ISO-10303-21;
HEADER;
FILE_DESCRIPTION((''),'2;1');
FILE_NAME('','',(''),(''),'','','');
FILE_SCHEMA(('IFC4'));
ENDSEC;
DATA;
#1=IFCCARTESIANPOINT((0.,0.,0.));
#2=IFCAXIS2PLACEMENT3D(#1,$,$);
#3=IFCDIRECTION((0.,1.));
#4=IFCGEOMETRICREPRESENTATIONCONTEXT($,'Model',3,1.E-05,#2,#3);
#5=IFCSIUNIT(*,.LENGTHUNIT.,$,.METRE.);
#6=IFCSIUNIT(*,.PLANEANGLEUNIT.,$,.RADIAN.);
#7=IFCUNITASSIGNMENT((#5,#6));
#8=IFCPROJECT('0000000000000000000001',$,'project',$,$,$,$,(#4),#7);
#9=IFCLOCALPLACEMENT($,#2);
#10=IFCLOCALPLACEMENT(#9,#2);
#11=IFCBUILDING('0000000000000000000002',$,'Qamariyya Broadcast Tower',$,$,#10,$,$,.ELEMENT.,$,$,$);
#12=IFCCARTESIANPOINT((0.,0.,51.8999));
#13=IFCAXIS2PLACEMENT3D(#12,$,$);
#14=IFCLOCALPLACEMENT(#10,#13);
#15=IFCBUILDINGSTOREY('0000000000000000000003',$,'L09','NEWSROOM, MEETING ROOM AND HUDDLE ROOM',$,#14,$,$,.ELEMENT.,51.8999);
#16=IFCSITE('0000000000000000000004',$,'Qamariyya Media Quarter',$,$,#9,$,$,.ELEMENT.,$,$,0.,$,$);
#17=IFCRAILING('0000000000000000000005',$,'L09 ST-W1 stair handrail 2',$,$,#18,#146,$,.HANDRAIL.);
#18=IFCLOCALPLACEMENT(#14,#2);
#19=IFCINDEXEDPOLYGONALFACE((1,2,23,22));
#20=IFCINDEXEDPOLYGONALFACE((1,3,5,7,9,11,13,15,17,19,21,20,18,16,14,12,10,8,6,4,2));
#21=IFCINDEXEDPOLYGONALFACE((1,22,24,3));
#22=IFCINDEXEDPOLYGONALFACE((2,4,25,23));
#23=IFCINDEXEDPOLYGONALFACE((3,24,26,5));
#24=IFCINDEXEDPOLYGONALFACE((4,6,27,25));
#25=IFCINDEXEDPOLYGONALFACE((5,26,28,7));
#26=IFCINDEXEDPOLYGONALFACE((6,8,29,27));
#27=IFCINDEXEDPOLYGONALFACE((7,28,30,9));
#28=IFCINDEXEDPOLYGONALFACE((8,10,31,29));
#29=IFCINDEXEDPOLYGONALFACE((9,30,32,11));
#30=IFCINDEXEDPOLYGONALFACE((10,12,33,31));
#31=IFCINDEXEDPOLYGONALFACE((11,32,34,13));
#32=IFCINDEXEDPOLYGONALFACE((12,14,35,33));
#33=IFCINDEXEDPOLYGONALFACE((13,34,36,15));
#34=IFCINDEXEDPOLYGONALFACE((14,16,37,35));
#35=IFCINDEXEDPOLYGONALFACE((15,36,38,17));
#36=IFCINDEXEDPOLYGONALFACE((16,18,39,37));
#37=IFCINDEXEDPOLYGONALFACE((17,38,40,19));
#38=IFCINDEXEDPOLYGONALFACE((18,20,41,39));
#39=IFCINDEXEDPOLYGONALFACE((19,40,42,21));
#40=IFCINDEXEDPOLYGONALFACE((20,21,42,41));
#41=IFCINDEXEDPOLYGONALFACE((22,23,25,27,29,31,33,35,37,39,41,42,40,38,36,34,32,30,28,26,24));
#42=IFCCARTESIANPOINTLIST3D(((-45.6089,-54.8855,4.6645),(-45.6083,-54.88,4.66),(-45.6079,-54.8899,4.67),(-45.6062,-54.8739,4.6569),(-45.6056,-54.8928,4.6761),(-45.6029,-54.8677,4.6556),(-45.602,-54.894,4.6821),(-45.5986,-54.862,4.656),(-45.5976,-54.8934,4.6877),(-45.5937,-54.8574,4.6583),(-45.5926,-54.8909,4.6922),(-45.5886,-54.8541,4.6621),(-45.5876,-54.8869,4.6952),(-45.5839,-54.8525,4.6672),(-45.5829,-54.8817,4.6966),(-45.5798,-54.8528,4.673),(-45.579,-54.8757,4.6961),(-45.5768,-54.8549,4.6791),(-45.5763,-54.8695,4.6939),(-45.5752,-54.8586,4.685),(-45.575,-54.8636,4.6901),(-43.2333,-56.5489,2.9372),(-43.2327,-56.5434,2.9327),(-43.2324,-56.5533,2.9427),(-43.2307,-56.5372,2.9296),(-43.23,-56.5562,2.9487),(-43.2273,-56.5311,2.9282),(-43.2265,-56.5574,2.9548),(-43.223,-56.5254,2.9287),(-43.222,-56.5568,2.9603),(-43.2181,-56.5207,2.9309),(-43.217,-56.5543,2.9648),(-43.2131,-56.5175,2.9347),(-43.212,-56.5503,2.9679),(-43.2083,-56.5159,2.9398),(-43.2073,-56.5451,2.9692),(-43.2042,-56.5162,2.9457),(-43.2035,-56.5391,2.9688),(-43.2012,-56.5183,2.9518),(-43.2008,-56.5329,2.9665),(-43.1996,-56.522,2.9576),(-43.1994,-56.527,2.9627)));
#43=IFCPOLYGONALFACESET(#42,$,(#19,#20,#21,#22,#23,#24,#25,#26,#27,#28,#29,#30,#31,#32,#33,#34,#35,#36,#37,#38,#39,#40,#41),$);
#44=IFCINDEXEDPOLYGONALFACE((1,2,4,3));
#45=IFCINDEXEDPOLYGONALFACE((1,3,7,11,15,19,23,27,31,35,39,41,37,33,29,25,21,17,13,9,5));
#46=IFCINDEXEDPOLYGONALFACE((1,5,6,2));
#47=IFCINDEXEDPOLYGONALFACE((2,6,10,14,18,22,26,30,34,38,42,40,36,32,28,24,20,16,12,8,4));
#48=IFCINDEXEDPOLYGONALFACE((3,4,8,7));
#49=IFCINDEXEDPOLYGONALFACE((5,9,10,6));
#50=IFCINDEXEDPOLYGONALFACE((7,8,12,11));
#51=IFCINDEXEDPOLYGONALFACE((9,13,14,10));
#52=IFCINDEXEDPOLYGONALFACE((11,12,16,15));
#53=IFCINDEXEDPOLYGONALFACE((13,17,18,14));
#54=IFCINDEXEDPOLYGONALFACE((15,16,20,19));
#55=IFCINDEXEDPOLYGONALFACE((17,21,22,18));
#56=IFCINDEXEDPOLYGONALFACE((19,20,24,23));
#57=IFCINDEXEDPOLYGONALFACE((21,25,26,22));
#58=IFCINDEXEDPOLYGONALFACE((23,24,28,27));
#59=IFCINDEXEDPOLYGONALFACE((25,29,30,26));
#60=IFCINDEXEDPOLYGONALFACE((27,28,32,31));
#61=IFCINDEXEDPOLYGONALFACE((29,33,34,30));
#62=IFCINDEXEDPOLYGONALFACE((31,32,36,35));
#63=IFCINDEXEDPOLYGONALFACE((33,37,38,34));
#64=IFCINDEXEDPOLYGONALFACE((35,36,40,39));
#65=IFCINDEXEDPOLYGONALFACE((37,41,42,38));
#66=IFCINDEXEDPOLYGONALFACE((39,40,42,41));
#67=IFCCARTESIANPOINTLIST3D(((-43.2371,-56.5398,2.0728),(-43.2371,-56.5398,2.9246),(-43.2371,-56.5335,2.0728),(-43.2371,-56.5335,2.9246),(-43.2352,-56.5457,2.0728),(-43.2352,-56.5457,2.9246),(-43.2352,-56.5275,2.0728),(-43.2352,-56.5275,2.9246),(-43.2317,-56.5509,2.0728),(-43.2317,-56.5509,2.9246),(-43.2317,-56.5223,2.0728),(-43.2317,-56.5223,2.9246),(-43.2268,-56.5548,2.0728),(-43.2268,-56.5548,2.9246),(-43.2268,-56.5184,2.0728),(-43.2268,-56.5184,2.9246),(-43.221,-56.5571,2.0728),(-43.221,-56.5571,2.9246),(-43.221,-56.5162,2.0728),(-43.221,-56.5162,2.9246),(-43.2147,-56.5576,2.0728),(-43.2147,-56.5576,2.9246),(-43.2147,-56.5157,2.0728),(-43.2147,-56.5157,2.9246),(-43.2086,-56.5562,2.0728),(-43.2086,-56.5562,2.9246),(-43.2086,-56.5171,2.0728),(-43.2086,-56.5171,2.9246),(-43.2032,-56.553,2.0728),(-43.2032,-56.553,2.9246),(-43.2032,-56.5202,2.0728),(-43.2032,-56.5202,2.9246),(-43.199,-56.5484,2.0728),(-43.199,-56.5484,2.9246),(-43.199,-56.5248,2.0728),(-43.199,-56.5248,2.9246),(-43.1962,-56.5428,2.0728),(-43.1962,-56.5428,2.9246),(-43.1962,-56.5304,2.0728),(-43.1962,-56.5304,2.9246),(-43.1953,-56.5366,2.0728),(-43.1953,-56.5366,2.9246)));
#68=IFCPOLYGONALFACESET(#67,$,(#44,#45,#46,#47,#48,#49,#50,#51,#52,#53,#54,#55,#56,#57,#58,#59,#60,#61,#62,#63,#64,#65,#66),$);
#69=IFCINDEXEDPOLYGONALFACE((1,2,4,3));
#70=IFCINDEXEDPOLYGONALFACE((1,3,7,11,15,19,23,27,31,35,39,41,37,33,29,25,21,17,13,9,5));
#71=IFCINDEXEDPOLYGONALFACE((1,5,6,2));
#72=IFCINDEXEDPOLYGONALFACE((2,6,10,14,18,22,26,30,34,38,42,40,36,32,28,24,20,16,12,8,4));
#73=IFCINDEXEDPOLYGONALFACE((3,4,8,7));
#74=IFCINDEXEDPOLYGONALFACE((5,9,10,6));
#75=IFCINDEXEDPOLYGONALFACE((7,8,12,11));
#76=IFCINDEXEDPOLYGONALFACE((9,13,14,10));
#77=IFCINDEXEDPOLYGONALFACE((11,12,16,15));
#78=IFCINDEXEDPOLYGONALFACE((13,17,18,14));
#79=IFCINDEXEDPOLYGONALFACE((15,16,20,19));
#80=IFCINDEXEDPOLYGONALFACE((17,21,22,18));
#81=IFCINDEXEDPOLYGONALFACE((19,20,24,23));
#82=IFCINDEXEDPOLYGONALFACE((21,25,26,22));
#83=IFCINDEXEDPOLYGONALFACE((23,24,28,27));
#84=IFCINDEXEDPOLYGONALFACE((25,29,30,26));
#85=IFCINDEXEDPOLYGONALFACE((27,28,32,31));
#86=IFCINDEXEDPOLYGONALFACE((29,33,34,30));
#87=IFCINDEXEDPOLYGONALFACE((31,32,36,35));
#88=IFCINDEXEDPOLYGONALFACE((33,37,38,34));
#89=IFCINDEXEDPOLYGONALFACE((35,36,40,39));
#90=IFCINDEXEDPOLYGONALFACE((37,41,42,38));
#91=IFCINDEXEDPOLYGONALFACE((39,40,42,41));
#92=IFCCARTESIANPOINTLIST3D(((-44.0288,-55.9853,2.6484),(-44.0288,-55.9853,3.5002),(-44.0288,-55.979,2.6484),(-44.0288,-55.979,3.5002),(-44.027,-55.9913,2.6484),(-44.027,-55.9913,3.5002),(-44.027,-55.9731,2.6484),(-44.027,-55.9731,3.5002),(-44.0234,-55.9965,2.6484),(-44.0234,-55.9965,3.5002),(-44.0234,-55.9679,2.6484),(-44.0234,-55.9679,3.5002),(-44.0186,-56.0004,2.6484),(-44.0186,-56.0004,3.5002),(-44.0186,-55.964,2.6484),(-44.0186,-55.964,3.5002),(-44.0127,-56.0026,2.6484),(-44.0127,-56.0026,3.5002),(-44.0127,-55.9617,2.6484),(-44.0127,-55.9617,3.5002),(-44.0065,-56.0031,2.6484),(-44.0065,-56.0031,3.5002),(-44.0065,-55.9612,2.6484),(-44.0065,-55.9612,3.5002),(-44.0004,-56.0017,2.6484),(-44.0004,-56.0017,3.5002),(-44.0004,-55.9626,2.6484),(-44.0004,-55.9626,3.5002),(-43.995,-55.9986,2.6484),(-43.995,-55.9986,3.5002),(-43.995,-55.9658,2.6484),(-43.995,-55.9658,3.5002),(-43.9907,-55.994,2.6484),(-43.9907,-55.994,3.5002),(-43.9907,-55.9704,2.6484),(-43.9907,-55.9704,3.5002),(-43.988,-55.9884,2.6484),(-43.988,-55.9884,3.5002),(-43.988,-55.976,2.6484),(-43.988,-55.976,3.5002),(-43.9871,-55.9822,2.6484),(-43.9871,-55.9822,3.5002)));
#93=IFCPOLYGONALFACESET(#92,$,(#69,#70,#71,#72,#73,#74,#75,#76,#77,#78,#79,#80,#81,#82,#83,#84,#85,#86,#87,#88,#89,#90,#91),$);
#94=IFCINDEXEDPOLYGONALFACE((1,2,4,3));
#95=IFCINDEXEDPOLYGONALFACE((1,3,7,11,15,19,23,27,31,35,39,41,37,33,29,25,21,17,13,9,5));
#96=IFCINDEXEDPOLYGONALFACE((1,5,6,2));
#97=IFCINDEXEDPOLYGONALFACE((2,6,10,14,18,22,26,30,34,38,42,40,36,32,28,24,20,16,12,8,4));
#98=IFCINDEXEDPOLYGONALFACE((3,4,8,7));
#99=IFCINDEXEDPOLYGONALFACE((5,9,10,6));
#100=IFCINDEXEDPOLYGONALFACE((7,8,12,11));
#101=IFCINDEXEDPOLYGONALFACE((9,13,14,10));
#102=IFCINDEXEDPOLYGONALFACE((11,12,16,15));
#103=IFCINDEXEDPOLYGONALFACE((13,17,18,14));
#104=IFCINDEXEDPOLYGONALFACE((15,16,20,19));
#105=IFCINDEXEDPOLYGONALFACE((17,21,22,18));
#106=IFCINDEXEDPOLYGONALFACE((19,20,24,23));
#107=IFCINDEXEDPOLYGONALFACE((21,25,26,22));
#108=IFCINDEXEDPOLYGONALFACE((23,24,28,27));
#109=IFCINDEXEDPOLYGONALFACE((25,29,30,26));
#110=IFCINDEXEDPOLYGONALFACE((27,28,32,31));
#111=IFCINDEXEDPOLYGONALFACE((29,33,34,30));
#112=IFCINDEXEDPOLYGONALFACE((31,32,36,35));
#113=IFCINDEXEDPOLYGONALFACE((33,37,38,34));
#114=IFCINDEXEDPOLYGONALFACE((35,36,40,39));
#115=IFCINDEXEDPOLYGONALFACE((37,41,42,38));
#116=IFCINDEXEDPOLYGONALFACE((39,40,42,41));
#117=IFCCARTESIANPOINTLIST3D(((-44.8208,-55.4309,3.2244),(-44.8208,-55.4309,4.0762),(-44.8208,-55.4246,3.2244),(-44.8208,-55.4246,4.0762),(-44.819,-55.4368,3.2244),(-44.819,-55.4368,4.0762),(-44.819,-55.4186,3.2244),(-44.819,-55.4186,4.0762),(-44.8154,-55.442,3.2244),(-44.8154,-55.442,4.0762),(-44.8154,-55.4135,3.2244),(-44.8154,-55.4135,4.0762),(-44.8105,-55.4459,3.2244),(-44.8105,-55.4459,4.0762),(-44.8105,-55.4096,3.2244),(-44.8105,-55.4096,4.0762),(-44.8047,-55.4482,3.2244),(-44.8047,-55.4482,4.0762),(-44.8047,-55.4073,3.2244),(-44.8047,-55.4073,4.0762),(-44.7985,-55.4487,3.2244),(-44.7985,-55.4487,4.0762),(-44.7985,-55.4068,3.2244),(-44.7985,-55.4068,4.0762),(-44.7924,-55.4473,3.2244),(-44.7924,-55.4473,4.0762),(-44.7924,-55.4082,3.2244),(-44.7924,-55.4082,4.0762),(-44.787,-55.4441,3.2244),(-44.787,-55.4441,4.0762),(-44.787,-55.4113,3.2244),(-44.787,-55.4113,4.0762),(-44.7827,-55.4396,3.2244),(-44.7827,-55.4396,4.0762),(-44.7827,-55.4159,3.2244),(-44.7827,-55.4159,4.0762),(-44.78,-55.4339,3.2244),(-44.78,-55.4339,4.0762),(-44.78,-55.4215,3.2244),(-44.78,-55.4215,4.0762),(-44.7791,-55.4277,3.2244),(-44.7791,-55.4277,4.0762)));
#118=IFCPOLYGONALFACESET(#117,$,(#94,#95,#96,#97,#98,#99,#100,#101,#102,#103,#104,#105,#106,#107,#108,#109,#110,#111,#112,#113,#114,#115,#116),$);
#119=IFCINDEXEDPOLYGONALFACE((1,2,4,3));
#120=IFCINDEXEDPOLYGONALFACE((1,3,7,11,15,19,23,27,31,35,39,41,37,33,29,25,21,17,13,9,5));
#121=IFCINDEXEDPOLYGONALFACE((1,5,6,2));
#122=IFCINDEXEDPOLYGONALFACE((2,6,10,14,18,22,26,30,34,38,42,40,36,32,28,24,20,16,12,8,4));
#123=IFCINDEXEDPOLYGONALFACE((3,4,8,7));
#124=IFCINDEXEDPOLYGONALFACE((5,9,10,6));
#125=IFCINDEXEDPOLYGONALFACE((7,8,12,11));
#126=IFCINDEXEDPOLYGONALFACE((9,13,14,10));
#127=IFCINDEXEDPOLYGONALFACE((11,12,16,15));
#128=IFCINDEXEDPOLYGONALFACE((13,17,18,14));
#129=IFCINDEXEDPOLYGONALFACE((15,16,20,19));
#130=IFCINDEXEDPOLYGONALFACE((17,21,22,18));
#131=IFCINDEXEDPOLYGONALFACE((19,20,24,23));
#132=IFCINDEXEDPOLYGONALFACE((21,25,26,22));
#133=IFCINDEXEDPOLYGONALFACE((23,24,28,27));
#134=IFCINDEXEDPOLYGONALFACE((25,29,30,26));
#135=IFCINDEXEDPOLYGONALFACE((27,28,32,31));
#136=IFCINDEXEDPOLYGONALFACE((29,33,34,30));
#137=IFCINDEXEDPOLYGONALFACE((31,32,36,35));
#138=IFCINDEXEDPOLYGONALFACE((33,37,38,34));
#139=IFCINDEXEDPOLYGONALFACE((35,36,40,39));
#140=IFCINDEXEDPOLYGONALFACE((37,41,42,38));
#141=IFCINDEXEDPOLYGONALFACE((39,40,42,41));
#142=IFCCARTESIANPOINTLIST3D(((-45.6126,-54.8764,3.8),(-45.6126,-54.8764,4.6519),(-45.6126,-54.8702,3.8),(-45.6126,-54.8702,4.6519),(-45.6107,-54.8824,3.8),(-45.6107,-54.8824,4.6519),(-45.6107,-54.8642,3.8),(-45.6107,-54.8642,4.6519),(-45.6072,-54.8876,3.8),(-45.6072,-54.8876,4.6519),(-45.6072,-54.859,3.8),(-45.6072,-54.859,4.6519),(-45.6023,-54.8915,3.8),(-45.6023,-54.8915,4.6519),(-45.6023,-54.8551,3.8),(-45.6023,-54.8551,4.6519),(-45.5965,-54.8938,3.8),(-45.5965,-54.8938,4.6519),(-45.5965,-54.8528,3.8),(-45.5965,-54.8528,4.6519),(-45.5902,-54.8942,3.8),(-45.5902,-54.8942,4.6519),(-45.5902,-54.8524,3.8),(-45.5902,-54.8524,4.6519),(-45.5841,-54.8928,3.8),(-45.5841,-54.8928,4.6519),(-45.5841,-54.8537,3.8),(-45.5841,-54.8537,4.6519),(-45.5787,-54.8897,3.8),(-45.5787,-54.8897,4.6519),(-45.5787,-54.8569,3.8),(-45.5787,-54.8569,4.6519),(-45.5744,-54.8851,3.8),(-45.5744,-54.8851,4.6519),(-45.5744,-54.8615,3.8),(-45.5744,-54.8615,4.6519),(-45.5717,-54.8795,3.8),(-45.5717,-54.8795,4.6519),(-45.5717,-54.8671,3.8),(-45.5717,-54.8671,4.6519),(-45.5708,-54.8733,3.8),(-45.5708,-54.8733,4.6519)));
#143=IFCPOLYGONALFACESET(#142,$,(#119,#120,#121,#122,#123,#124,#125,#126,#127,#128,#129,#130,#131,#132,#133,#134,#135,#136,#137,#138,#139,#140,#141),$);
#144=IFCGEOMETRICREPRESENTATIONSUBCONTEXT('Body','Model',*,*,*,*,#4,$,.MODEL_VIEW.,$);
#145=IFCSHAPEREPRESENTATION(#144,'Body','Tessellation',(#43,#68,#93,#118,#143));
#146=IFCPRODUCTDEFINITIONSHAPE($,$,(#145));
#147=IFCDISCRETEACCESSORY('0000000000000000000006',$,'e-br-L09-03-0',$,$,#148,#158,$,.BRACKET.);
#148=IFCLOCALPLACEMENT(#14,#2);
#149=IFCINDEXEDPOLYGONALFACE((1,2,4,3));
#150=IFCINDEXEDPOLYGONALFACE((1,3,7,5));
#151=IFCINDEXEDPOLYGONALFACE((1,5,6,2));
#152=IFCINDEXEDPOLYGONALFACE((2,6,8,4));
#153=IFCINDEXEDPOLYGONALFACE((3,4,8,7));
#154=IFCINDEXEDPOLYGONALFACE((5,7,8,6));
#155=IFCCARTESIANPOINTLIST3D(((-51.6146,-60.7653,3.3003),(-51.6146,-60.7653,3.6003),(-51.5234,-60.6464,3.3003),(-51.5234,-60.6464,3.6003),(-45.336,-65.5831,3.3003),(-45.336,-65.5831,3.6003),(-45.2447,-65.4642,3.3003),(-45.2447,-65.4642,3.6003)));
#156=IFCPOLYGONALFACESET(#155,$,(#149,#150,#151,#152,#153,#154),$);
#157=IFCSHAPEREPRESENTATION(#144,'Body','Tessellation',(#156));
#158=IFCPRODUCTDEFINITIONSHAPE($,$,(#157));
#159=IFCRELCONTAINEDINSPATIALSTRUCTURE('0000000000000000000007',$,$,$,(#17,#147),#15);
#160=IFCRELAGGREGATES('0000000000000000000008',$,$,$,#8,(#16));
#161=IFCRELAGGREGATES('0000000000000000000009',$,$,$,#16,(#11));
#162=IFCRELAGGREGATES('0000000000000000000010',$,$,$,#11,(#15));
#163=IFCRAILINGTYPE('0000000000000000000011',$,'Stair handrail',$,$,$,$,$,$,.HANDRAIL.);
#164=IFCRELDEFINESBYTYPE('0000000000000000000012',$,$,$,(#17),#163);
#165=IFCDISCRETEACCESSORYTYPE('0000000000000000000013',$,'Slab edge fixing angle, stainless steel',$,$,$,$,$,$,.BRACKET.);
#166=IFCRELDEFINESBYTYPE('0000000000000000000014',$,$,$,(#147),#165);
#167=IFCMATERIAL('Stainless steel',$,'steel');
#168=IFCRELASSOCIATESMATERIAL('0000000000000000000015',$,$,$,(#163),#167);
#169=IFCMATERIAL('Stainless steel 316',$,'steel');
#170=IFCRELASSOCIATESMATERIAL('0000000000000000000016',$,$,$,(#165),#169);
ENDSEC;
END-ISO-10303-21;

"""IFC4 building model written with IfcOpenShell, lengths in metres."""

from ifc_helpers import new_model, si_unit, direction, frame, origin, origin_2d, place, context, subcontext, project, spatial, rectangle, circle, extrude, material, type_object, element, save


model = new_model("IFC4")

# Units and contexts
model_context = context("Model", 3, precision=1e-05, world=origin(), true_north=direction((0.0, 1.0)))
body_context = subcontext(model_context, "Body", "Model", "MODEL_VIEW")
ifc_project = project(units=[si_unit("LENGTHUNIT", "METRE"), si_unit("PLANEANGLEUNIT", "RADIAN")], contexts=[model_context])

# Site, building, storey
site_placement = place(None, origin())
site = spatial("IfcSite", under=ifc_project, at=site_placement, Name="Qamariyya Media Quarter", CompositionType="ELEMENT", RefElevation=0.0)
building_placement = place(site_placement, origin())
building = spatial("IfcBuilding", under=site, at=building_placement, Name="Qamariyya Broadcast Tower", CompositionType="ELEMENT")
storey_placement = place(building_placement, frame((0.0, 0.0, 51.8999)))
storey = spatial("IfcBuildingStorey", under=building, at=storey_placement, Name="L09", Description="NEWSROOM, MEETING ROOM AND HUDDLE ROOM", CompositionType="ELEMENT", Elevation=51.8999)

# Railing
ifc_material_1 = material(Name="Stainless steel", Category="steel")
railing_type_1 = type_object("IfcRailingType", Name="Stair handrail", PredefinedType="HANDRAIL", material=ifc_material_1)
railing_1_placement = place(storey_placement, frame((-43.2163, -56.5366, 2.0728)))
element("IfcRailing", 1, at=railing_1_placement, inside=storey, type_object=railing_type_1, Name="L09 ST-W1 stair handrail 2", PredefinedType="HANDRAIL", context=body_context, shape_type="SweptSolid", body=[
    extrude(circle(Radius=0.0239, at=origin_2d()), frame((0.0, 0.0, 0.876), z_axis=(-0.70377, 0.492784, 0.511734), x_axis=(-0.573575, -0.819153, 0.0)), (0.0, 0.0, 1.0), 3.3755),
    extrude(circle(Radius=0.021, at=origin_2d()), origin(), (0.0, 0.0, 1.0), 0.8518),
    extrude(circle(Radius=0.021, at=origin_2d()), frame((-0.7917, 0.5544, 0.5757)), (0.0, 0.0, 1.0), 0.8518),
    extrude(circle(Radius=0.021, at=origin_2d()), frame((-1.5837, 1.1089, 1.1516)), (0.0, 0.0, 1.0), 0.8518),
    extrude(circle(Radius=0.021, at=origin_2d()), frame((-2.3755, 1.6633, 1.7273)), (0.0, 0.0, 1.0), 0.8518),
])

# Discrete accessory
ifc_material_2 = material(Name="Stainless steel 316", Category="steel")
discrete_accessory_type = type_object("IfcDiscreteAccessoryType", Name="Slab edge fixing angle, stainless steel", PredefinedType="BRACKET", material=ifc_material_2)
discrete_accessory_placement = place(storey_placement, frame((-48.4297, -63.1147, 3.3003), z_axis=(0.0, 0.0, 1.0), x_axis=(0.793353, -0.608761, 0.0)))
element("IfcDiscreteAccessory", 2, at=discrete_accessory_placement, inside=storey, type_object=discrete_accessory_type, Name="e-br-L09-03-0", PredefinedType="BRACKET", context=body_context, shape_type="SweptSolid", body=[
    extrude(rectangle(XDim=7.9141, YDim=0.1499, at=origin_2d()), origin(), (0.0, 0.0, 1.0), 0.3),
])

save(model, "model.ifc")
